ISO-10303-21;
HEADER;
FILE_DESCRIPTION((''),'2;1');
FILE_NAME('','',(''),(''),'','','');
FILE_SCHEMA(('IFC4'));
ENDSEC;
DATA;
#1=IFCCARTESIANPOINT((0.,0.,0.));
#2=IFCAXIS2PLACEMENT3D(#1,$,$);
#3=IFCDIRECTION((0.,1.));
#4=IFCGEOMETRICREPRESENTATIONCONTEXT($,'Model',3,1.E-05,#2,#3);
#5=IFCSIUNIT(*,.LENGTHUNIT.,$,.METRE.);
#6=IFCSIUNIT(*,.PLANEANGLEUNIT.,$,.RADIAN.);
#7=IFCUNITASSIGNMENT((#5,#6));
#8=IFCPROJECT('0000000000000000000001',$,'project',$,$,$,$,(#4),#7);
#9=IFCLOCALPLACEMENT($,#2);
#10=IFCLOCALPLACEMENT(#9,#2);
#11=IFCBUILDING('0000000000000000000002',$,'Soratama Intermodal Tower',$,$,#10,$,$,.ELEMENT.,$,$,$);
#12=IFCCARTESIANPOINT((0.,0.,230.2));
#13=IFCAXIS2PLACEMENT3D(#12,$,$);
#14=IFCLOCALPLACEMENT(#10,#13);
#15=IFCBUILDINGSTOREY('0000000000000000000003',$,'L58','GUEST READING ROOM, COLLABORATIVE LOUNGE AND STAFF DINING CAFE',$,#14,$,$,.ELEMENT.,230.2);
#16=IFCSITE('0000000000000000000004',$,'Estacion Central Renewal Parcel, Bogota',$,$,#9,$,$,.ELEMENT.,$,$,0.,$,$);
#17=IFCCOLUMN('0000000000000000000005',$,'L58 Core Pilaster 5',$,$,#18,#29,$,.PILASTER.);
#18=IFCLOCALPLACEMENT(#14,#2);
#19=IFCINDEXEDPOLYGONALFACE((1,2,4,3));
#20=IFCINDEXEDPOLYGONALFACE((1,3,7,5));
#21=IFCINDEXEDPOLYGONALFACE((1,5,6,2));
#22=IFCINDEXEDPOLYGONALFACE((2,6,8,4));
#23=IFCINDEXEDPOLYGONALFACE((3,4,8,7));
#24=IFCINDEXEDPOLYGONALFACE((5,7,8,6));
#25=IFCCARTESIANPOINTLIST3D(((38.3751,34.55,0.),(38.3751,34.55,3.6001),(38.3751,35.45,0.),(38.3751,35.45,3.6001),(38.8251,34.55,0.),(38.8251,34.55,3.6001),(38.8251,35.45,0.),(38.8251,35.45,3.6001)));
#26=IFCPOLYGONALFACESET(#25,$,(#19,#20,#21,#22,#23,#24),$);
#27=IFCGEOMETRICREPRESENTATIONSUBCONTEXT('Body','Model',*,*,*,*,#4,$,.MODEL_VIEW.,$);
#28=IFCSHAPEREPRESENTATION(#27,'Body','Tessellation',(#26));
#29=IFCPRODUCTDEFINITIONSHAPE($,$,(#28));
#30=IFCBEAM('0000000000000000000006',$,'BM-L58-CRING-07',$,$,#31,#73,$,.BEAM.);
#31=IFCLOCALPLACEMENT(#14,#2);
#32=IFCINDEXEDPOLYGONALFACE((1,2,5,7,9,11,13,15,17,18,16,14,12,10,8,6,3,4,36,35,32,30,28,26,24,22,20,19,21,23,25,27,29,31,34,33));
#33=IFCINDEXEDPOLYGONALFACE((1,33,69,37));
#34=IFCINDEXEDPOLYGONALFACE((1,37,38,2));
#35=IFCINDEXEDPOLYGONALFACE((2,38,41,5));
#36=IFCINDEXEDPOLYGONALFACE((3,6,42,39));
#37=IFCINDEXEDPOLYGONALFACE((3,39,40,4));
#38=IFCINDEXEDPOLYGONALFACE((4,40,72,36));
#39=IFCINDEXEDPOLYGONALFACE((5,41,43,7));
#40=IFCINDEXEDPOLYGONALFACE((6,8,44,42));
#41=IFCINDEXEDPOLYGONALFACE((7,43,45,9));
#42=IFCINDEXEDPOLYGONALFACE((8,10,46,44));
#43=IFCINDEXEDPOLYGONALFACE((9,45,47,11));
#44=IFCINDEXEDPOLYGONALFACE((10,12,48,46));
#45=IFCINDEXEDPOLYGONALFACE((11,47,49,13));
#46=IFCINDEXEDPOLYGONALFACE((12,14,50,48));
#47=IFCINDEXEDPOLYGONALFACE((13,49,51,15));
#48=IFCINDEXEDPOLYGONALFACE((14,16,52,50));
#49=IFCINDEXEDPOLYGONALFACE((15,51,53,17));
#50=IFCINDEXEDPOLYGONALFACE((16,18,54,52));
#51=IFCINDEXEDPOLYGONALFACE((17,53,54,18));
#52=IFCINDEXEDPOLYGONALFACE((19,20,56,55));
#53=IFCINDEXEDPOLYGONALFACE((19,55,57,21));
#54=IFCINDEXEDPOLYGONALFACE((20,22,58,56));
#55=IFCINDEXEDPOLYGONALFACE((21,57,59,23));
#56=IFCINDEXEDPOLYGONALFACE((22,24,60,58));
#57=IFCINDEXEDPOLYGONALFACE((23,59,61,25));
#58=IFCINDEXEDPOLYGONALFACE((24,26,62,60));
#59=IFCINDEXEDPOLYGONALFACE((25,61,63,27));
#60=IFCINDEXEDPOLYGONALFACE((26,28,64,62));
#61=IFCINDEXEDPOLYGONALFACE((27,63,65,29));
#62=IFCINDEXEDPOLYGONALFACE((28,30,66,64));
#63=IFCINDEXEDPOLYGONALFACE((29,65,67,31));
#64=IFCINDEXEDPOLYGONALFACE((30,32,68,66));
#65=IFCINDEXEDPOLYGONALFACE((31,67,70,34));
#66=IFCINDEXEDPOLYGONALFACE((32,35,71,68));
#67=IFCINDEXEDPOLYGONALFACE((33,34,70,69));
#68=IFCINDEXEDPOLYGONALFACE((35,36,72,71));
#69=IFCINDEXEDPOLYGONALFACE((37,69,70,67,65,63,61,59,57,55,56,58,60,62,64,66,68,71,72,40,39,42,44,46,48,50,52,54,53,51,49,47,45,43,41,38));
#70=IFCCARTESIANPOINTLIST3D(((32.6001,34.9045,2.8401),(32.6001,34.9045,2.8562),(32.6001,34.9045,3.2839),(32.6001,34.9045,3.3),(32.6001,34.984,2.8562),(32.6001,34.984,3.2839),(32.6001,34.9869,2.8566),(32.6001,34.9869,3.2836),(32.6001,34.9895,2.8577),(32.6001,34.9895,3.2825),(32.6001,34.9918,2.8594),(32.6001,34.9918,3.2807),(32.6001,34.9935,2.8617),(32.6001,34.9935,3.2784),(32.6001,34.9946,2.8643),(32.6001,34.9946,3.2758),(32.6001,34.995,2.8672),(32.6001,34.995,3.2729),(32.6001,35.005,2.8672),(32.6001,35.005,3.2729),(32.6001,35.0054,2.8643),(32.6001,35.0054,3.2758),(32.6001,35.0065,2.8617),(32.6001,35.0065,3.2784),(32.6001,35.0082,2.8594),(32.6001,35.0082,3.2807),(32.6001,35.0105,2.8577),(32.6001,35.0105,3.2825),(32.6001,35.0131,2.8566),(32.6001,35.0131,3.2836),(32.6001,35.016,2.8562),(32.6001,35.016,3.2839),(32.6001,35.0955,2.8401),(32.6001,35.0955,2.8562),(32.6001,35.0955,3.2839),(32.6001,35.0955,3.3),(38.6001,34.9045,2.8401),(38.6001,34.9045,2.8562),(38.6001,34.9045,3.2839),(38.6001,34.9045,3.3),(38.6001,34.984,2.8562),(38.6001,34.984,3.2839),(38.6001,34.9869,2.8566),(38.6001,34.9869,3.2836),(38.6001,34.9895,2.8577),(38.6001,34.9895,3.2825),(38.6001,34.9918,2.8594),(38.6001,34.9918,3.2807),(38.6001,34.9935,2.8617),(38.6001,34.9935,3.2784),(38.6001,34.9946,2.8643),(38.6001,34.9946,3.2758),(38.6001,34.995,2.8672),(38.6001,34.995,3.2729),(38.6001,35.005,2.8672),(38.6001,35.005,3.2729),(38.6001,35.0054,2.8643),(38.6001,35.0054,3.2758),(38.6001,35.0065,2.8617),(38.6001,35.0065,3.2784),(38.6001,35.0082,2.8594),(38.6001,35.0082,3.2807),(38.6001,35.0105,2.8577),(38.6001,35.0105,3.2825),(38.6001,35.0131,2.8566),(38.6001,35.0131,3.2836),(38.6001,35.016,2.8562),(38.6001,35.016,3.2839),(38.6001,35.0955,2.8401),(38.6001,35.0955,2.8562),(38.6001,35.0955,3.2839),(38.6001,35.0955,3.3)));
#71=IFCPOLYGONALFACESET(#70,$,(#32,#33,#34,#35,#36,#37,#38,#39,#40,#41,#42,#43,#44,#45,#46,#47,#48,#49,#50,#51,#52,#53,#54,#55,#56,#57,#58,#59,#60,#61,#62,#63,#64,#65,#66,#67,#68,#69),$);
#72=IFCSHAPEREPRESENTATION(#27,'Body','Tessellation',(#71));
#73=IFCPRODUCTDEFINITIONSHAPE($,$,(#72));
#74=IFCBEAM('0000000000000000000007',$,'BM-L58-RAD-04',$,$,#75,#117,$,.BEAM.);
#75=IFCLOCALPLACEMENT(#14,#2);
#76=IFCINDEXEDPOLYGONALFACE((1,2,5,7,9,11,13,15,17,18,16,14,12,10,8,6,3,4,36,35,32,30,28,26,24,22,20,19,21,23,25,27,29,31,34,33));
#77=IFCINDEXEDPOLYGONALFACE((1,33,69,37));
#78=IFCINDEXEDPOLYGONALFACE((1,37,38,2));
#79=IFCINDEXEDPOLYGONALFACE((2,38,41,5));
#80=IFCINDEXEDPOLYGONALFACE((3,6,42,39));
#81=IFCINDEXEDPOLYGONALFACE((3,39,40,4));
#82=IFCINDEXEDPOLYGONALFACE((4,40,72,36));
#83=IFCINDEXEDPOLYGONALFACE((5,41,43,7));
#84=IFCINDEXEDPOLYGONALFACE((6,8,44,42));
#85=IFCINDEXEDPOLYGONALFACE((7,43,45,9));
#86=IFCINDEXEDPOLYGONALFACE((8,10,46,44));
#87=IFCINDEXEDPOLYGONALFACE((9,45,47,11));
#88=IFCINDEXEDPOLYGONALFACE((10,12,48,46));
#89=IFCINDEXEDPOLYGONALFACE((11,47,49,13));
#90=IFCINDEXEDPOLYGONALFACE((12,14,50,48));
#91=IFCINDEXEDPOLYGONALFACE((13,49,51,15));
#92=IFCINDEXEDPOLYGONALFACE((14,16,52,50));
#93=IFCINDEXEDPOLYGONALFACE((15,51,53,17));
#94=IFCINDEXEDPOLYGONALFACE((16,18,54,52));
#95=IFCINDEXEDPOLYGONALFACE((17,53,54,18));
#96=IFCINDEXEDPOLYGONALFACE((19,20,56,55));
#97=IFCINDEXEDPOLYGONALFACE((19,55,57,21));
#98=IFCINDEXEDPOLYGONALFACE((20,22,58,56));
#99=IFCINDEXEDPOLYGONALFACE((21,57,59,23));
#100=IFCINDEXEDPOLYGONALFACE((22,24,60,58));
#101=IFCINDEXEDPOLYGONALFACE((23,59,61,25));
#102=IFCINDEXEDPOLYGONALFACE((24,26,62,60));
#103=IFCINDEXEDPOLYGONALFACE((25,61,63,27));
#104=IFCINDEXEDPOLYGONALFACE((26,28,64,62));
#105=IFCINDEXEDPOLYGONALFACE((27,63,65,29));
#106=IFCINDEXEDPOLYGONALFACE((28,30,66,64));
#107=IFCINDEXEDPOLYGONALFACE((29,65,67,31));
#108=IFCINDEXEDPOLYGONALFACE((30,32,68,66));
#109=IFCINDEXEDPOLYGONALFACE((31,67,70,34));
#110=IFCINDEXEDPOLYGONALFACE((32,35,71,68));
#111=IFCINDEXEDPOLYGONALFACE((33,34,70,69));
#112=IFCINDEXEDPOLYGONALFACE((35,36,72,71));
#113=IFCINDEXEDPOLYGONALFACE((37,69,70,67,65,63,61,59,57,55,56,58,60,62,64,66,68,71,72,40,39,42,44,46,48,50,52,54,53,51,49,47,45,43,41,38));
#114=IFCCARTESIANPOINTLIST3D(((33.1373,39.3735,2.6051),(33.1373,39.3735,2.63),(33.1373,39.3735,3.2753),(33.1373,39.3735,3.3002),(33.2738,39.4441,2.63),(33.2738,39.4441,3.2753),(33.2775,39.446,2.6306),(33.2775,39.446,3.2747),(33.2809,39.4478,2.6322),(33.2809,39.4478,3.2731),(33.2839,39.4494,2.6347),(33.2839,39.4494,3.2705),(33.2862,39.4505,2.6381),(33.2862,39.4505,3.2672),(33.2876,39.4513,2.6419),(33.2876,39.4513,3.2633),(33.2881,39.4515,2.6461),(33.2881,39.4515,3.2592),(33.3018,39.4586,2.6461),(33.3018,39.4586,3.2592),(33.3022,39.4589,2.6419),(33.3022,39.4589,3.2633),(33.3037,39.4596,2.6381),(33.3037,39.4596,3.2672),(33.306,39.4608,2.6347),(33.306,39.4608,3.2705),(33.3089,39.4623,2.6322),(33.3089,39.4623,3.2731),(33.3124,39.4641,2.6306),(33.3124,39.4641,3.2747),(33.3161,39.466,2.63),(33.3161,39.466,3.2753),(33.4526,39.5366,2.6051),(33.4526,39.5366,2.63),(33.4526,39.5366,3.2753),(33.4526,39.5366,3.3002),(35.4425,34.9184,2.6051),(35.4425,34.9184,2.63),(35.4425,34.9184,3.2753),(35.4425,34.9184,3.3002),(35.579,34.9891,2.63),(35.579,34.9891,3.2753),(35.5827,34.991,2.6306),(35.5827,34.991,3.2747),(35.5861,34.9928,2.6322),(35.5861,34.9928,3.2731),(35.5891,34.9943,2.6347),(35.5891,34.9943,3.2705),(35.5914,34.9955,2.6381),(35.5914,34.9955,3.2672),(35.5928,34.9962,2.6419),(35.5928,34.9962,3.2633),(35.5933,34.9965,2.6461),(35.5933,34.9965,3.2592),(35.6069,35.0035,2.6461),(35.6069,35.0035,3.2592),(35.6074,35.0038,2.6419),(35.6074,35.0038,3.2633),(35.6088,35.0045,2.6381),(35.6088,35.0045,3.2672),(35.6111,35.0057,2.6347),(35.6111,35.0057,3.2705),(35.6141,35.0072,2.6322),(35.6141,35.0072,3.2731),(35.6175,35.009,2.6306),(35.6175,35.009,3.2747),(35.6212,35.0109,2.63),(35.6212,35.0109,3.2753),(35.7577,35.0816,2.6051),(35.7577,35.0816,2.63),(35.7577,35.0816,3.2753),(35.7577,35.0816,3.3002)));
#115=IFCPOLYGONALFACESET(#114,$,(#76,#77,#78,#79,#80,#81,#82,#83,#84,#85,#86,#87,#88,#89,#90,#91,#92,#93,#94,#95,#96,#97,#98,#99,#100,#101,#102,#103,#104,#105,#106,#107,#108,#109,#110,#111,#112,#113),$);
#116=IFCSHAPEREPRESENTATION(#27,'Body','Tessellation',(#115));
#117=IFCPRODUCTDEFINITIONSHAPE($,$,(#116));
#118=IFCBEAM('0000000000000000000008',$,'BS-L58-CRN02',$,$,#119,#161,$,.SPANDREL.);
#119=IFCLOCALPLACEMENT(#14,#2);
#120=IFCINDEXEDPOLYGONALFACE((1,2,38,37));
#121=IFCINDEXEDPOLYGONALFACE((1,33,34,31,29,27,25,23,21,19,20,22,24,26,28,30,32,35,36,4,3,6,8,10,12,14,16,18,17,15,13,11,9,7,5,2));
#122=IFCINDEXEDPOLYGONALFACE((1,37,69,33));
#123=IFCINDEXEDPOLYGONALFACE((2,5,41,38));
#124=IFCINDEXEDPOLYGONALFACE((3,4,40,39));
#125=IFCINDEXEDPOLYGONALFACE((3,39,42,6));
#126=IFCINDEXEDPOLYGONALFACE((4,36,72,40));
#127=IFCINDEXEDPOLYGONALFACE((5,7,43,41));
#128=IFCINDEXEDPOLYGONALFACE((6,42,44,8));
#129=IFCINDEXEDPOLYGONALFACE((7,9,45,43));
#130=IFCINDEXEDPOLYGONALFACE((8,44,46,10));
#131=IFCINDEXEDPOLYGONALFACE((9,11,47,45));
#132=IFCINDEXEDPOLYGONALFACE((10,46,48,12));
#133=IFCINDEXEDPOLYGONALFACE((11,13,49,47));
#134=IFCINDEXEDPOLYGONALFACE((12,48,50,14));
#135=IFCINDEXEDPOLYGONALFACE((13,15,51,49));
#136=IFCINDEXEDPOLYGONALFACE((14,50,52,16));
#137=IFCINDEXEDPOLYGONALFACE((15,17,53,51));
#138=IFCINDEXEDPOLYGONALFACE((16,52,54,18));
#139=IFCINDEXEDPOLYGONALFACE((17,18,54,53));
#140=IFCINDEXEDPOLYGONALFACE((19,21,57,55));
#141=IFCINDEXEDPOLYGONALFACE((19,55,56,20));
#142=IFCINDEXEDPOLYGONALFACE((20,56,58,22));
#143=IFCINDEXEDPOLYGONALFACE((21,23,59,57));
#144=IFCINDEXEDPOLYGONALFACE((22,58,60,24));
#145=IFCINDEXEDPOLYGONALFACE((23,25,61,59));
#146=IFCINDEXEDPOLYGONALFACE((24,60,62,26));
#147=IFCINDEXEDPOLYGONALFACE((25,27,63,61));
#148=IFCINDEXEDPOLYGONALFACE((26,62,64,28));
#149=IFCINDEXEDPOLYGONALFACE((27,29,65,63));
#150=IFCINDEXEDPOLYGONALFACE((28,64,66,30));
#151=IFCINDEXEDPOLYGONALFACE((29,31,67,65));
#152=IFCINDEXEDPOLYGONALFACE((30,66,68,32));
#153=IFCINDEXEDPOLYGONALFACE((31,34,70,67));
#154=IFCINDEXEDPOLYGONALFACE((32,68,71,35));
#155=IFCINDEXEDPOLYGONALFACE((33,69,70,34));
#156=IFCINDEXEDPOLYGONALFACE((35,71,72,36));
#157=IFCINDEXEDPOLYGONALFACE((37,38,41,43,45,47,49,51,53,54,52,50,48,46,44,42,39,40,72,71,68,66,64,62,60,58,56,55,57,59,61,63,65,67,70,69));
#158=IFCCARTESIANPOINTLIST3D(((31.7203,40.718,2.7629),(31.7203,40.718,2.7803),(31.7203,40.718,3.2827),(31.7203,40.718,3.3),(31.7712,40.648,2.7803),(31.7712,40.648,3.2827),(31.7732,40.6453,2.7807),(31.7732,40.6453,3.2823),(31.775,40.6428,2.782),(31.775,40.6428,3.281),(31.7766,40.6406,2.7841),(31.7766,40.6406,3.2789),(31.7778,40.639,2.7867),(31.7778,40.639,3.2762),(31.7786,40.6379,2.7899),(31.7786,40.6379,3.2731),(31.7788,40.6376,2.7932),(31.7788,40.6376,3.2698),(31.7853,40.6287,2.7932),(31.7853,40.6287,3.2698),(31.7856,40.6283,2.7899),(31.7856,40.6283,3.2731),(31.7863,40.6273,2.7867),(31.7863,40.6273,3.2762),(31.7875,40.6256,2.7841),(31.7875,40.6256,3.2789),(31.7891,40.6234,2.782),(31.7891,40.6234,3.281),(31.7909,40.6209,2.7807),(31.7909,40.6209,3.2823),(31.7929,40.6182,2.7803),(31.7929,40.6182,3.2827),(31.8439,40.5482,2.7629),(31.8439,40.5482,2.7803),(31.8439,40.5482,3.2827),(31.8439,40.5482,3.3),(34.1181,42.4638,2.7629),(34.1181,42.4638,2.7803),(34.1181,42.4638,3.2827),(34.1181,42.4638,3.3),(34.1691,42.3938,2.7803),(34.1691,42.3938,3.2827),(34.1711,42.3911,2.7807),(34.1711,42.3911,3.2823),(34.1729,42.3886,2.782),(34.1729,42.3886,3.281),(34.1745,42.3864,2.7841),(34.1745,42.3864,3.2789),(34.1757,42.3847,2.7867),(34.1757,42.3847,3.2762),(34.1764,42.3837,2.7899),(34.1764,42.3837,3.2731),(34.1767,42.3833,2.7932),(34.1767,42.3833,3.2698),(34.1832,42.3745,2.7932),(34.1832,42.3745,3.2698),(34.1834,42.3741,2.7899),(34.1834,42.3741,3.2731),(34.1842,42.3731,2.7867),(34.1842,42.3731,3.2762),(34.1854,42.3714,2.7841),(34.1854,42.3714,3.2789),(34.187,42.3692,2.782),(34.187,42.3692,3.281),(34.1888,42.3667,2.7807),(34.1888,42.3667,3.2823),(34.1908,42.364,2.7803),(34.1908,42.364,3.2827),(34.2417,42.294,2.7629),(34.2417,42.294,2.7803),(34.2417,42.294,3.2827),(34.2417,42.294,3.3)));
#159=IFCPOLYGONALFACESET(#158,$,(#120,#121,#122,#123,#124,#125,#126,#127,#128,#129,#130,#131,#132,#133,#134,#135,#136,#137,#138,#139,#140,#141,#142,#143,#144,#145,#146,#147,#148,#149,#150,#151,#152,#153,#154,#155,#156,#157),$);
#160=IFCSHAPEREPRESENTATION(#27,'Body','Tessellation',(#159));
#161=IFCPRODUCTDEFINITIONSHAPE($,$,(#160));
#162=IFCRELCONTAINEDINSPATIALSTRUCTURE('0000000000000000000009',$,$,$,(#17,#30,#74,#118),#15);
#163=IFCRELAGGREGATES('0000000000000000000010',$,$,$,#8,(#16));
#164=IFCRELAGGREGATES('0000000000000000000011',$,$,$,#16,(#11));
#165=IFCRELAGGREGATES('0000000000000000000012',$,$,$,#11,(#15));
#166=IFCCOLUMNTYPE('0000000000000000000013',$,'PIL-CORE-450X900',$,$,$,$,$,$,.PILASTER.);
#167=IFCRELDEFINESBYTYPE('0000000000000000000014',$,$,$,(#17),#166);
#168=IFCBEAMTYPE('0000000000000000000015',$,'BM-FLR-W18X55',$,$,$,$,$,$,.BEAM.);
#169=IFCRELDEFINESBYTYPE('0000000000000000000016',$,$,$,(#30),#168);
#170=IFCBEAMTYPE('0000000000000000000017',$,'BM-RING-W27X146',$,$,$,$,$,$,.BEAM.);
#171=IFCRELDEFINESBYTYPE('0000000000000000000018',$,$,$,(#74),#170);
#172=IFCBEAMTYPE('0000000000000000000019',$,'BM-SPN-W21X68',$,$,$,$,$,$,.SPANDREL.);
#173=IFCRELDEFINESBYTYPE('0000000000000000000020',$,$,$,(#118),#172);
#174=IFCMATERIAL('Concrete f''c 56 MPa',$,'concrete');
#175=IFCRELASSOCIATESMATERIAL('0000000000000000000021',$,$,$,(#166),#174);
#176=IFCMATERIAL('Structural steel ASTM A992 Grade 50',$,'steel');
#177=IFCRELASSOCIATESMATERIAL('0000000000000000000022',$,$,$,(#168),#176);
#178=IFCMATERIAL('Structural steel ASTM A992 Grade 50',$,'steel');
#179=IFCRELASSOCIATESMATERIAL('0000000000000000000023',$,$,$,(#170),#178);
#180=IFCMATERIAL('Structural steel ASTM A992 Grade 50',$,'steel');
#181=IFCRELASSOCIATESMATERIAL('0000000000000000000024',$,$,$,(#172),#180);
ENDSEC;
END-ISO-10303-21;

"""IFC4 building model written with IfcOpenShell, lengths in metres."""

from ifc_helpers import new_model, si_unit, direction, frame, origin, origin_2d, place, context, subcontext, project, spatial, rectangle, i_section, extrude, material, material_profile, profile_set, type_object, element, save


model = new_model("IFC4")

# Units and contexts
model_context = context("Model", 3, precision=1e-05, world=origin(), true_north=direction((0.0, 1.0)))
body_context = subcontext(model_context, "Body", "Model", "MODEL_VIEW")
ifc_project = project(units=[si_unit("LENGTHUNIT", "METRE"), si_unit("PLANEANGLEUNIT", "RADIAN")], contexts=[model_context])

# Site, building, storey
site_placement = place(None, origin())
site = spatial("IfcSite", under=ifc_project, at=site_placement, Name="Estacion Central Renewal Parcel, Bogota", CompositionType="ELEMENT", RefElevation=0.0)
building_placement = place(site_placement, origin())
building = spatial("IfcBuilding", under=site, at=building_placement, Name="Soratama Intermodal Tower", CompositionType="ELEMENT")
storey_placement = place(building_placement, frame((0.0, 0.0, 230.2)))
storey = spatial("IfcBuildingStorey", under=building, at=storey_placement, Name="L58", Description="GUEST READING ROOM, COLLABORATIVE LOUNGE AND STAFF DINING CAFE", CompositionType="ELEMENT", Elevation=230.2)

# Column
ifc_material_1 = material(Name="Concrete f'c 56 MPa", Category="concrete")
ifc_material_profile_1 = material_profile(ifc_material_1, rectangle(XDim=0.45, YDim=0.8999, at=origin_2d()), Name="RC450X900")
ifc_profile_set_1 = profile_set([ifc_material_profile_1], Name="Concrete f'c 56 MPa")
column_type = type_object("IfcColumnType", Name="PIL-CORE-450X900", PredefinedType="PILASTER", material=ifc_profile_set_1)
column_placement = place(storey_placement, frame((38.6001, 35.0, 0.0), z_axis=(0.0, 0.0, 1.0), x_axis=(1.0, 0.0, 0.0)))
element("IfcColumn", 1, at=column_placement, inside=storey, type_object=column_type, Name="L58 Core Pilaster 5", PredefinedType="PILASTER", context=body_context, shape_type="SweptSolid", body=[
    extrude(rectangle(XDim=0.45, YDim=0.8999, at=origin_2d()), origin(), (0.0, 0.0, 1.0), 3.6001),
])

# Beams
ifc_material_2 = material(Name="Structural steel ASTM A992 Grade 50", Category="steel")
ifc_material_profile_2 = material_profile(ifc_material_2, i_section(OverallWidth=0.1909, OverallDepth=0.46, WebThickness=0.01, FlangeThickness=0.0161, FilletRadius=0.011, at=origin_2d()), Name="W18X55")
ifc_profile_set_2 = profile_set([ifc_material_profile_2], Name="Structural steel ASTM A992 Grade 50")
beam_type_1 = type_object("IfcBeamType", Name="BM-FLR-W18X55", PredefinedType="BEAM", material=ifc_profile_set_2)
beam_1_placement = place(storey_placement, frame((38.6001, 35.0, 3.0701), z_axis=(-1.0, 0.0, 0.0), x_axis=(0.0, -1.0, 0.0)))
element("IfcBeam", 2, at=beam_1_placement, inside=storey, type_object=beam_type_1, Name="BM-L58-CRING-07", PredefinedType="BEAM", context=body_context, shape_type="SweptSolid", body=[
    extrude(i_section(OverallWidth=0.1909, OverallDepth=0.46, WebThickness=0.01, FlangeThickness=0.0161, FilletRadius=0.011, at=origin_2d()), origin(), (0.0, 0.0, 1.0), 6.0),
])
ifc_material_3 = material(Name="Structural steel ASTM A992 Grade 50", Category="steel")
ifc_material_profile_3 = material_profile(ifc_material_3, i_section(OverallWidth=0.355, OverallDepth=0.6951, WebThickness=0.0154, FlangeThickness=0.0249, FilletRadius=0.0161, at=origin_2d()), Name="W27X146")
ifc_profile_set_3 = profile_set([ifc_material_profile_3], Name="Structural steel ASTM A992 Grade 50")
beam_type_2 = type_object("IfcBeamType", Name="BM-RING-W27X146", PredefinedType="BEAM", material=ifc_profile_set_3)
beam_2_placement = place(storey_placement, frame((35.6001, 35.0, 2.9526), z_axis=(-0.459553, 0.888151, 0.0), x_axis=(-0.888151, -0.459553, 0.0)))
element("IfcBeam", 3, at=beam_2_placement, inside=storey, type_object=beam_type_2, Name="BM-L58-RAD-04", PredefinedType="BEAM", context=body_context, shape_type="SweptSolid", body=[
    extrude(i_section(OverallWidth=0.355, OverallDepth=0.6951, WebThickness=0.0154, FlangeThickness=0.0249, FilletRadius=0.0161, at=origin_2d()), origin(), (0.0, 0.0, 1.0), 5.0161),
])
ifc_material_4 = material(Name="Structural steel ASTM A992 Grade 50", Category="steel")
ifc_material_profile_4 = material_profile(ifc_material_4, i_section(OverallWidth=0.21, OverallDepth=0.5371, WebThickness=0.011, FlangeThickness=0.0173, FilletRadius=0.0129, at=origin_2d()), Name="W21X68")
ifc_profile_set_4 = profile_set([ifc_material_profile_4], Name="Structural steel ASTM A992 Grade 50")
beam_type_3 = type_object("IfcBeamType", Name="BM-SPN-W21X68", PredefinedType="SPANDREL", material=ifc_profile_set_4)
beam_3_placement = place(storey_placement, frame((34.1799, 42.3789, 3.0315), z_axis=(-0.808433, -0.588588, 0.0), x_axis=(0.588588, -0.808433, 0.0)))
element("IfcBeam", 4, at=beam_3_placement, inside=storey, type_object=beam_type_3, Name="BS-L58-CRN02", PredefinedType="SPANDREL", context=body_context, shape_type="SweptSolid", body=[
    extrude(i_section(OverallWidth=0.21, OverallDepth=0.5371, WebThickness=0.011, FlangeThickness=0.0173, FilletRadius=0.0129, at=origin_2d()), origin(), (0.0, 0.0, 1.0), 2.9661),
])

save(model, "model.ifc")
